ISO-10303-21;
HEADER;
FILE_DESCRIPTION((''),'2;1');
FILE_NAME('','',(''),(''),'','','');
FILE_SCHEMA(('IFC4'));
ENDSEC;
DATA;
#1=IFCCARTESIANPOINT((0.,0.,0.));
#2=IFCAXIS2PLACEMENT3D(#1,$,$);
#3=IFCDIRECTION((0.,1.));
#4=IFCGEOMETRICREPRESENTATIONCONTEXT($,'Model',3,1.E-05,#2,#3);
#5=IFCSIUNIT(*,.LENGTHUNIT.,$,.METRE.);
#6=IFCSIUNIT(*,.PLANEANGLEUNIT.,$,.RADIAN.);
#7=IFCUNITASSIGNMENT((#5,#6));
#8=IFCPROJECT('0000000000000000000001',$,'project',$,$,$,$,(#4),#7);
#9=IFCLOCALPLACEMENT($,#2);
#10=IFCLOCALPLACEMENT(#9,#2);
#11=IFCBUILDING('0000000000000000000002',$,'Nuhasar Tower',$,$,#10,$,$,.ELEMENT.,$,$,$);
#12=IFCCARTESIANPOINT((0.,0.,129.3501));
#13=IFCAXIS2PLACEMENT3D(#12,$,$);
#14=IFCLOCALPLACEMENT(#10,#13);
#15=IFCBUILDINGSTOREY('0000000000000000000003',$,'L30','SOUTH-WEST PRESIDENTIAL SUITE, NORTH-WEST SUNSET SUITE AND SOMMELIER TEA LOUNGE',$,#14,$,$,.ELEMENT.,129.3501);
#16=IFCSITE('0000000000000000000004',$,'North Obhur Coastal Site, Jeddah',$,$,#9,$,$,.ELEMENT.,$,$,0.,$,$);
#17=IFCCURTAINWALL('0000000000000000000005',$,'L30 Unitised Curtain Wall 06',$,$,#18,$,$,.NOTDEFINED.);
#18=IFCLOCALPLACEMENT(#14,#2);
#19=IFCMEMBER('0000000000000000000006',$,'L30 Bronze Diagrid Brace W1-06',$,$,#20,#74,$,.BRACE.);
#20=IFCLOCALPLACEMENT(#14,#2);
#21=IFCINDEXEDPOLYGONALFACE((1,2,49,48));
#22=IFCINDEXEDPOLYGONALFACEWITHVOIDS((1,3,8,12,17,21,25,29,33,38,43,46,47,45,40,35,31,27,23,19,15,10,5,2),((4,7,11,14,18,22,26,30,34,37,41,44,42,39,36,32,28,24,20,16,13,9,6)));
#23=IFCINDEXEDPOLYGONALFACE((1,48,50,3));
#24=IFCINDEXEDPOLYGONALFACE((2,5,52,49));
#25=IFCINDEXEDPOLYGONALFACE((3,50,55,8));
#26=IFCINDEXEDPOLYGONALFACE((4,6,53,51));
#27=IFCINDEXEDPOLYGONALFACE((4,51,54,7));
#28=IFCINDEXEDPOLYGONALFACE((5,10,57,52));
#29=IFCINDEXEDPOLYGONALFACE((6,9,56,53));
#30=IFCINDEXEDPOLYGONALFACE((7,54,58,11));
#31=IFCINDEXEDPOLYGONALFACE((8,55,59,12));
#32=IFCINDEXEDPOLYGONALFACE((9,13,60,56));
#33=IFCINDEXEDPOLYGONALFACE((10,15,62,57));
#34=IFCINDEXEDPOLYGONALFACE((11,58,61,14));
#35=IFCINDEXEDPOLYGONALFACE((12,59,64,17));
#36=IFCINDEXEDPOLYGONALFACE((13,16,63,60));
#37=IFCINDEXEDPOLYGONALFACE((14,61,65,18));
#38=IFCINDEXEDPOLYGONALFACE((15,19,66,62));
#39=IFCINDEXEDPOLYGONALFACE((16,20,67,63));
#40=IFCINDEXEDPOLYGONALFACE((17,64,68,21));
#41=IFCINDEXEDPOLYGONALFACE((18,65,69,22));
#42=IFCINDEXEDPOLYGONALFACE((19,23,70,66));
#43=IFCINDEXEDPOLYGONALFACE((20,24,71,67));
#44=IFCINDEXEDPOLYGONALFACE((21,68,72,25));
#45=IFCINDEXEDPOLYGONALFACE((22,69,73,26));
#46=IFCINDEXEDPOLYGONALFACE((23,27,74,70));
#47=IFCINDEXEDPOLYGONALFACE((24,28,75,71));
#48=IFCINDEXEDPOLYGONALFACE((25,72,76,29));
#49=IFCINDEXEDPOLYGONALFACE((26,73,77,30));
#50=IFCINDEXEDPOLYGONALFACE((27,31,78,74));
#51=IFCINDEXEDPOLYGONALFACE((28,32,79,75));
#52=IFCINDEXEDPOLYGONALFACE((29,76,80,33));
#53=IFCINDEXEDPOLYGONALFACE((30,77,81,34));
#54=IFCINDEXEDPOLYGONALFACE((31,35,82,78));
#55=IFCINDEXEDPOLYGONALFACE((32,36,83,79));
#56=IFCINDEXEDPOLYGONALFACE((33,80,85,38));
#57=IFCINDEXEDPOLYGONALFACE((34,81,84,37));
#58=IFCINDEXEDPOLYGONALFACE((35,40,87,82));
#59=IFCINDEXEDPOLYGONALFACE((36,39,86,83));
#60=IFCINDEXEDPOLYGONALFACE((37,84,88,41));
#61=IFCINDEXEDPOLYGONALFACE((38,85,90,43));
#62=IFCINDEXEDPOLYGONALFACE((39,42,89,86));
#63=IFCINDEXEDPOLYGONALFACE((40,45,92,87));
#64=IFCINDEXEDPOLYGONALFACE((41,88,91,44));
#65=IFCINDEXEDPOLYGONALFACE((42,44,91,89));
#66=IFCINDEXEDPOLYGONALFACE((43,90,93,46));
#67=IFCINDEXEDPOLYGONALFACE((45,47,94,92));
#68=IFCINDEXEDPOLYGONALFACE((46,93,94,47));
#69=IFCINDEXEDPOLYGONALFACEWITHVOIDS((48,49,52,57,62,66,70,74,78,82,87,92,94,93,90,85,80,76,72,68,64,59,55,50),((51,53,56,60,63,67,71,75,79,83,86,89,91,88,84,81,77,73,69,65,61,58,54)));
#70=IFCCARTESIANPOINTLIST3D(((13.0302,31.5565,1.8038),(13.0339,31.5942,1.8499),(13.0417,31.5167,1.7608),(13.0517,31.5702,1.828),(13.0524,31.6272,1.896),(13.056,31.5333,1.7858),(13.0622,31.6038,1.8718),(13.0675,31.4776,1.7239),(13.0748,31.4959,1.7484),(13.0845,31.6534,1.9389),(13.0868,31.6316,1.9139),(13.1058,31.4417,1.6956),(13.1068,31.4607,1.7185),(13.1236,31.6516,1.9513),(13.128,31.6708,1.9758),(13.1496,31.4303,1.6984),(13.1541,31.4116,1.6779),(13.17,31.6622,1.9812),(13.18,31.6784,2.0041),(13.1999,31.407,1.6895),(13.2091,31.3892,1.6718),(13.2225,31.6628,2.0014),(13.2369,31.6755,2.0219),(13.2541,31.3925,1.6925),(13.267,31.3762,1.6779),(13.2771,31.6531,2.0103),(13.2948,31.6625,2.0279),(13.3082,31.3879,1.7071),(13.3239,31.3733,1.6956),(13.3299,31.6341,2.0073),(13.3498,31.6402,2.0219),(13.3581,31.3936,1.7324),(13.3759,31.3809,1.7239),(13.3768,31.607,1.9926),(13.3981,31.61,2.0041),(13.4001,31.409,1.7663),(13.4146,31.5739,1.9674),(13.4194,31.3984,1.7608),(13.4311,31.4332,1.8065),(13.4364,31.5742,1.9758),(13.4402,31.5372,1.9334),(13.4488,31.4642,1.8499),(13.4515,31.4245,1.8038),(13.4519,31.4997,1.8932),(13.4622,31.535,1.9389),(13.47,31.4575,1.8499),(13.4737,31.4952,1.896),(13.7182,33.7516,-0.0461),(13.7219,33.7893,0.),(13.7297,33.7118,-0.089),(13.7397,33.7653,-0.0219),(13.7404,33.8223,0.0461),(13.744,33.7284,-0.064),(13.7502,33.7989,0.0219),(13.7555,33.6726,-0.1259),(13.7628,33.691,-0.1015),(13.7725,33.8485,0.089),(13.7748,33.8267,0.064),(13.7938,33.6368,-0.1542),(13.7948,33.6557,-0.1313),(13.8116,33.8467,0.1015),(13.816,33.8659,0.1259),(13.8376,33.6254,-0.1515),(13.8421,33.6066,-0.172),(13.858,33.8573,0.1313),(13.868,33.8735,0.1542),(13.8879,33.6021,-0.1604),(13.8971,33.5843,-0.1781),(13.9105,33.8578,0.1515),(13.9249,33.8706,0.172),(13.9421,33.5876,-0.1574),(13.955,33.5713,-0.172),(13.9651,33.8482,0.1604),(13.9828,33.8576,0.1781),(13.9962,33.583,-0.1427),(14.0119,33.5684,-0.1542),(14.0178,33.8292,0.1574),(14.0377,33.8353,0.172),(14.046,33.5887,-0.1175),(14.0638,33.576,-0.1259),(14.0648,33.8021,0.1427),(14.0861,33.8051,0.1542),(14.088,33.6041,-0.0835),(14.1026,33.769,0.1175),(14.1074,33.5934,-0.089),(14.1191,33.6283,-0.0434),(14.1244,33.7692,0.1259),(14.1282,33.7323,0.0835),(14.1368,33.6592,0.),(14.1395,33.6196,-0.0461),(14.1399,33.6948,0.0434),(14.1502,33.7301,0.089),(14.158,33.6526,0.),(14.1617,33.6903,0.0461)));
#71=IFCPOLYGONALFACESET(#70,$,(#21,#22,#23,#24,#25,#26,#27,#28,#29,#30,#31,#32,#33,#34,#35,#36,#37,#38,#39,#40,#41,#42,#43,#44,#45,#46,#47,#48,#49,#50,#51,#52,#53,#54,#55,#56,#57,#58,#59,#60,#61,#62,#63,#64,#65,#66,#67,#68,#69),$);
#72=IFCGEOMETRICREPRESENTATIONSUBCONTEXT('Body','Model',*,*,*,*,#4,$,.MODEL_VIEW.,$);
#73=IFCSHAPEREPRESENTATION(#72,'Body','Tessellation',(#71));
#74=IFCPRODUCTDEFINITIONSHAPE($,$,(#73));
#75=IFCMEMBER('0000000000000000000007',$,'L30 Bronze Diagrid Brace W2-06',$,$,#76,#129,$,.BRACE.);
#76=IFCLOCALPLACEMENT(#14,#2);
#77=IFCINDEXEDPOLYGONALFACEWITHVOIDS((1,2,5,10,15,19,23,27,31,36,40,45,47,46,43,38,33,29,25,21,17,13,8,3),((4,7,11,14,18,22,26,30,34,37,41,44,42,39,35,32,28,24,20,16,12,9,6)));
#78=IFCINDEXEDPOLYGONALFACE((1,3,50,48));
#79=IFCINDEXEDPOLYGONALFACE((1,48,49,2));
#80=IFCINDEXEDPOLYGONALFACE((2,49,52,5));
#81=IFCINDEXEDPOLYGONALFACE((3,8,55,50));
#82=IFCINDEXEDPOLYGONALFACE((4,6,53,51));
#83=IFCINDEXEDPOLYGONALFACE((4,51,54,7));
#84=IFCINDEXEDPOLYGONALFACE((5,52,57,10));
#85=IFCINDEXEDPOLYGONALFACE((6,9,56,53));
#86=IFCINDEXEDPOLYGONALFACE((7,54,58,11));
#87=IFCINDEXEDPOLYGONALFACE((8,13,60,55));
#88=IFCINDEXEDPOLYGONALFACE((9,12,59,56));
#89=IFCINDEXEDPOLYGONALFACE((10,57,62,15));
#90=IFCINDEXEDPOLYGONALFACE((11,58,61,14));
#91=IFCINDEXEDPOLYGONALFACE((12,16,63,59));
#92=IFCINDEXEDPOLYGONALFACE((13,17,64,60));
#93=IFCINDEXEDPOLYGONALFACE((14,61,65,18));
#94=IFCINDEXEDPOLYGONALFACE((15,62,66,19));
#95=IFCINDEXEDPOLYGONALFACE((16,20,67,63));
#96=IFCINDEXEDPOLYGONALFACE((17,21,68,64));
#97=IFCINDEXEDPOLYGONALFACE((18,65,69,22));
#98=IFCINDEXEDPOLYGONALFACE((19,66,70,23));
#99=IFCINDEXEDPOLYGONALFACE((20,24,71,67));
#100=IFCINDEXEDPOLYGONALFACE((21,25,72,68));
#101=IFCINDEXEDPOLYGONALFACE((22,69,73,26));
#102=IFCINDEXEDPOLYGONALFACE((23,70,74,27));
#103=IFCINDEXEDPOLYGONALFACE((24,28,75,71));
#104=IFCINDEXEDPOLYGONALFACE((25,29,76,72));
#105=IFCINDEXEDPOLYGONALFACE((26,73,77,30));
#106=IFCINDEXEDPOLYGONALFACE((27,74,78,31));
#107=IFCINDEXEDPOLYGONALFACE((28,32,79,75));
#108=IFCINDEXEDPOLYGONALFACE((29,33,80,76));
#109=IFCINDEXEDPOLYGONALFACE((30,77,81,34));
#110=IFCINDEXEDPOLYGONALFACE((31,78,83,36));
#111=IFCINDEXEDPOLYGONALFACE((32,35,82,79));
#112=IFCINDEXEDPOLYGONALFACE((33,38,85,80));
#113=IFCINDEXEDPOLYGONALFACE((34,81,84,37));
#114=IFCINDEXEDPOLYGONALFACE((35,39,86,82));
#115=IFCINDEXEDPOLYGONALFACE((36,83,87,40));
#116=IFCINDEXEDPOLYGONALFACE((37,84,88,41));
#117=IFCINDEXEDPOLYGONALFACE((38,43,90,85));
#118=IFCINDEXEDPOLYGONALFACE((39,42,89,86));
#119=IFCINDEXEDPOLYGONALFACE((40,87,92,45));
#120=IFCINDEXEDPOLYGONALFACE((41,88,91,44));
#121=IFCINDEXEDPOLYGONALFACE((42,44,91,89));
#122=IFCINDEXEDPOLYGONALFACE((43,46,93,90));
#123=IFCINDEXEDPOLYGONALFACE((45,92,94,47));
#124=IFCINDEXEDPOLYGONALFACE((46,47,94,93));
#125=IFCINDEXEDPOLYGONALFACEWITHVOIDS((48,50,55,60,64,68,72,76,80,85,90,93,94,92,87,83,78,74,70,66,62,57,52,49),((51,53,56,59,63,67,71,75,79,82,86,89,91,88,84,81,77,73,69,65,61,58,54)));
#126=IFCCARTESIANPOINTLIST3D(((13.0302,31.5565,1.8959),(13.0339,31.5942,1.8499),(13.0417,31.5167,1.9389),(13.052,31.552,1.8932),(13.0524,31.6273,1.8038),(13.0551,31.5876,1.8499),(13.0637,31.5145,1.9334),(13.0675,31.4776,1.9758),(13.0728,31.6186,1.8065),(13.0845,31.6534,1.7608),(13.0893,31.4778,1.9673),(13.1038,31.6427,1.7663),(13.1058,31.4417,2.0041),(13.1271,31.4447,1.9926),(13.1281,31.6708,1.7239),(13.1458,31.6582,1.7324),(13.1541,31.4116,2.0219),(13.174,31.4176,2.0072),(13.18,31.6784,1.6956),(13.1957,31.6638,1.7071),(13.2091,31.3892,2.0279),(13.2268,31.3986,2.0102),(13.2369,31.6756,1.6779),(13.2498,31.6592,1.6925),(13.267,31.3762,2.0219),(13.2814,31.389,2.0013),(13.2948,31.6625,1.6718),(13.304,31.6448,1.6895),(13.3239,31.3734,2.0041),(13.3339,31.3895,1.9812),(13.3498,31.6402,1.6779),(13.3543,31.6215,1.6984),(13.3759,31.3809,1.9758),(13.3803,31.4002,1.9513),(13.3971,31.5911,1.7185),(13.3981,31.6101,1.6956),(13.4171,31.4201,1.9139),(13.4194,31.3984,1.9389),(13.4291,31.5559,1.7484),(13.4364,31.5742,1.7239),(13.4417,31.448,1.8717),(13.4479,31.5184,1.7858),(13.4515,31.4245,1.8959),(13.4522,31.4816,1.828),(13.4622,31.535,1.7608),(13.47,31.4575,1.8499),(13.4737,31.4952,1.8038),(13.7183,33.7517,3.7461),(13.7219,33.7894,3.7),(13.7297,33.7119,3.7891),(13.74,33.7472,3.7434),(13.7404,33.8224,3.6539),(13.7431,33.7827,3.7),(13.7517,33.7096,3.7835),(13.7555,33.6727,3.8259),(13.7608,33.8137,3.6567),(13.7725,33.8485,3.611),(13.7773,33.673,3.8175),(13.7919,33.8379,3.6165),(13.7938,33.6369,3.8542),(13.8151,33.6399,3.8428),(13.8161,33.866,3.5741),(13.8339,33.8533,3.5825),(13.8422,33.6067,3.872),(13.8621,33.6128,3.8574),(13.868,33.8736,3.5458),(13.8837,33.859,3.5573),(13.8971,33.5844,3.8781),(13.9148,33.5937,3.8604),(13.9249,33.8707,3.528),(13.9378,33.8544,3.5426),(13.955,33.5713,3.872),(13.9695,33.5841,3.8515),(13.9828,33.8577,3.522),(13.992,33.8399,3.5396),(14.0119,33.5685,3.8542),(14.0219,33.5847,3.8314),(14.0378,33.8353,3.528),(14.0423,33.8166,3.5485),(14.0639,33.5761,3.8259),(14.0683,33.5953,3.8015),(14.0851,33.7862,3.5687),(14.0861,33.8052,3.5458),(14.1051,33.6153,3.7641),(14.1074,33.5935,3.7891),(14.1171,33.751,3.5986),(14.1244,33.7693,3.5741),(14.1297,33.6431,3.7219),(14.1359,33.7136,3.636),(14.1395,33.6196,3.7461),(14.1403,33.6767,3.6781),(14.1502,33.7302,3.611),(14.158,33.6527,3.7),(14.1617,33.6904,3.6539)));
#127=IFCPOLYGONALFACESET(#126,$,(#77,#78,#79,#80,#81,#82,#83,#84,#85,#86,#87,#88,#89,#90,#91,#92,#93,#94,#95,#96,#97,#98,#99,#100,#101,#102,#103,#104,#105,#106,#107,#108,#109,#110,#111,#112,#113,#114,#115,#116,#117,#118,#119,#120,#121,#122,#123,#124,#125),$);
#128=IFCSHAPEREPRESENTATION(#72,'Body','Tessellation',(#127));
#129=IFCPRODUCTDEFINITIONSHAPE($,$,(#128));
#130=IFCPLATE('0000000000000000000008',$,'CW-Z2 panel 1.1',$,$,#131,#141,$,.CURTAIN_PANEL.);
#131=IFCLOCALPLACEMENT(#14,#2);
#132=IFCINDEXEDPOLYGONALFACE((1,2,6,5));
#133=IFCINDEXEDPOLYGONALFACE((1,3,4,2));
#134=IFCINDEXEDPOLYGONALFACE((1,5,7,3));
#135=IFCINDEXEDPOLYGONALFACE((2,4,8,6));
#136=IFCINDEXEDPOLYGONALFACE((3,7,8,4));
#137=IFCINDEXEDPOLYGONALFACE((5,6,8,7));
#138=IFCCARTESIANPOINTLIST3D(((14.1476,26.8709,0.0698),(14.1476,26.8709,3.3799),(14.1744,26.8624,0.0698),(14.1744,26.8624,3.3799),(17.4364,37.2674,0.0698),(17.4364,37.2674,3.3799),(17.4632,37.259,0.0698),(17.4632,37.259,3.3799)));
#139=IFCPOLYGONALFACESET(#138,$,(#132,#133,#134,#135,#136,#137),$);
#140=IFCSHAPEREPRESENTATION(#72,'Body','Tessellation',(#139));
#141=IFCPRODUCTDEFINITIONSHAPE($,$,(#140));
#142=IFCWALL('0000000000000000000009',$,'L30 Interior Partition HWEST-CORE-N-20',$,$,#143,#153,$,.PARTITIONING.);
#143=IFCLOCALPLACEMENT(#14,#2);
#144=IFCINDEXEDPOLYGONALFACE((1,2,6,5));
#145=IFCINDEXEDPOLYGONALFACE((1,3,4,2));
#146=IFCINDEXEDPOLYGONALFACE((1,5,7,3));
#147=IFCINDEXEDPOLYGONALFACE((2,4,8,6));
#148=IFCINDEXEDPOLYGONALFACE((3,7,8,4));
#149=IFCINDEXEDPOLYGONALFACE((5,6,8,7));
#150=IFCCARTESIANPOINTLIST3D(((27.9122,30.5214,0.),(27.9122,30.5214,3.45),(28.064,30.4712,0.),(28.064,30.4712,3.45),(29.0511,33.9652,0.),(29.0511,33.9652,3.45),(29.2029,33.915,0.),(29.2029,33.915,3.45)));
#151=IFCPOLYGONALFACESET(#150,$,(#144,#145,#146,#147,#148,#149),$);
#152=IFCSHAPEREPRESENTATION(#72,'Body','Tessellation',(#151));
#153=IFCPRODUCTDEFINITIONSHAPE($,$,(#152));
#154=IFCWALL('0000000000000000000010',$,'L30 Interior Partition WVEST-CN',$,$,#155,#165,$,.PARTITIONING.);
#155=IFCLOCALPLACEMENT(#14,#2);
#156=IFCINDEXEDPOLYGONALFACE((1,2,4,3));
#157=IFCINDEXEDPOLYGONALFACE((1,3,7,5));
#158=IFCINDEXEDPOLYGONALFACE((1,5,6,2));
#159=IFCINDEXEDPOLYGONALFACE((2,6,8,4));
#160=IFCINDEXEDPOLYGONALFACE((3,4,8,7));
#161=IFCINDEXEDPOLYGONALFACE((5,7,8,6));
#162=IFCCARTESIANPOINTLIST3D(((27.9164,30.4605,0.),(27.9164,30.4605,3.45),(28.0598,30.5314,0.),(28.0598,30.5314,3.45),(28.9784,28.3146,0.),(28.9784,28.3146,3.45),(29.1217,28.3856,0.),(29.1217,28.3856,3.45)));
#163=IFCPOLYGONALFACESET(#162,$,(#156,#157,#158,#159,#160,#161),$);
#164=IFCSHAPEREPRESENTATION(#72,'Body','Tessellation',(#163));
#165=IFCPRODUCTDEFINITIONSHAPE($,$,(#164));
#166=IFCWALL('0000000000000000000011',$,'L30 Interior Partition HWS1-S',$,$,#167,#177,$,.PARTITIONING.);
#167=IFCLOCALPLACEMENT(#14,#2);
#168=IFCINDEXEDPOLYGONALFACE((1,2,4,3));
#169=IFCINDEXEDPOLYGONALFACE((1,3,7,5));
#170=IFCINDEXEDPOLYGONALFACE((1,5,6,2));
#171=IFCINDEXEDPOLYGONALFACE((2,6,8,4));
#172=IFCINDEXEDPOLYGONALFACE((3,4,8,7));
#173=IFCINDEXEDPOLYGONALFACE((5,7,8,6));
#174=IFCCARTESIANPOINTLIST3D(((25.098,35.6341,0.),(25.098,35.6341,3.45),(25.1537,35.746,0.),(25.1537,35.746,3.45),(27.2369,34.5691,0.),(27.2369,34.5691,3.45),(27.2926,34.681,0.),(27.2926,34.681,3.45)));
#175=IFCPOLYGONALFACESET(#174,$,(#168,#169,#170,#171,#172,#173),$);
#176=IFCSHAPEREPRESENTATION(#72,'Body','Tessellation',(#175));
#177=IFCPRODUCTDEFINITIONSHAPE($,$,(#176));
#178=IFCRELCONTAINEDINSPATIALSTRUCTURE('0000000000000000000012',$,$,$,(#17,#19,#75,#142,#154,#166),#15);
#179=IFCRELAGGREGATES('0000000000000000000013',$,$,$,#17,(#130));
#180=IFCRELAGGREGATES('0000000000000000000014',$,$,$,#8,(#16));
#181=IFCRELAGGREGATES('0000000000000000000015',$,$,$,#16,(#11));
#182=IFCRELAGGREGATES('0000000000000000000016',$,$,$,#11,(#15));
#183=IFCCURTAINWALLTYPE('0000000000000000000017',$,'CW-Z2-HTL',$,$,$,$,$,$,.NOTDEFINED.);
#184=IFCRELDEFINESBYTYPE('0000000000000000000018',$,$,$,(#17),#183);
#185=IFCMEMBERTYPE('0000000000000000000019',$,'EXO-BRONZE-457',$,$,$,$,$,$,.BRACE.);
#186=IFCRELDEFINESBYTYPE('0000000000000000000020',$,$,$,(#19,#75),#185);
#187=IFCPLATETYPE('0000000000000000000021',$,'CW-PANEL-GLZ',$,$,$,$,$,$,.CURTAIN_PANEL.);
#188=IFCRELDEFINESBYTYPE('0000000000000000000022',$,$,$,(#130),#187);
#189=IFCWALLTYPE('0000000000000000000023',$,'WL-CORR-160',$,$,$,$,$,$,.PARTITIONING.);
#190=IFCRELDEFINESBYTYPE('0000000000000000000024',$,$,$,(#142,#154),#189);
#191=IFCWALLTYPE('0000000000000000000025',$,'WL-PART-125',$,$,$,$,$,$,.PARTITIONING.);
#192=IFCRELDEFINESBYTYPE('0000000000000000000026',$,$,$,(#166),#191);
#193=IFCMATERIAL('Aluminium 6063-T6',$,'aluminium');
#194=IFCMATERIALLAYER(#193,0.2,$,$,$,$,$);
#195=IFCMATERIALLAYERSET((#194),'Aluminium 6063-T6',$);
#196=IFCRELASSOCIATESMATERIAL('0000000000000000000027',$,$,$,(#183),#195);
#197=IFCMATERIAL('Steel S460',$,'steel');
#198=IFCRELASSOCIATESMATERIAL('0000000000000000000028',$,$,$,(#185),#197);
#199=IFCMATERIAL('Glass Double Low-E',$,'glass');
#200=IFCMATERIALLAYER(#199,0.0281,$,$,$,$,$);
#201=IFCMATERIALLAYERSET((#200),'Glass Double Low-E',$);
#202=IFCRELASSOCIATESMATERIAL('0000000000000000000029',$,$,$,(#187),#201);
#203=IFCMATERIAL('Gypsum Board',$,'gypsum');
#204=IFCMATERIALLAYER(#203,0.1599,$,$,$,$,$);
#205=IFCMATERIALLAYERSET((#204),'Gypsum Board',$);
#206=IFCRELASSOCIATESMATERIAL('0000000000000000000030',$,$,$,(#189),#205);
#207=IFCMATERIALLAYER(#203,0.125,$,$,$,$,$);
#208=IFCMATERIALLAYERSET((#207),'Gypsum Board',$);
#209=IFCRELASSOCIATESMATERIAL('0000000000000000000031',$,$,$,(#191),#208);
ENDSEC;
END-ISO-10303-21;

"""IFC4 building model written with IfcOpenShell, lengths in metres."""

from ifc_helpers import new_model, si_unit, direction, frame, frame_2d, origin, origin_2d, place, context, subcontext, project, spatial, rectangle, hollow_circle, extrude, material, layer, layer_set, material_profile, profile_set, type_object, element, aggregate, save


model = new_model("IFC4")

# Units and contexts
model_context = context("Model", 3, precision=1e-05, world=origin(), true_north=direction((0.0, 1.0)))
body_context = subcontext(model_context, "Body", "Model", "MODEL_VIEW")
ifc_project = project(units=[si_unit("LENGTHUNIT", "METRE"), si_unit("PLANEANGLEUNIT", "RADIAN")], contexts=[model_context])

# Site, building, storey
site_placement = place(None, origin())
site = spatial("IfcSite", under=ifc_project, at=site_placement, Name="North Obhur Coastal Site, Jeddah", CompositionType="ELEMENT", RefElevation=0.0)
building_placement = place(site_placement, origin())
building = spatial("IfcBuilding", under=site, at=building_placement, Name="Nuhasar Tower", CompositionType="ELEMENT")
storey_placement = place(building_placement, frame((0.0, 0.0, 129.3501)))
storey = spatial("IfcBuildingStorey", under=building, at=storey_placement, Name="L30", Description="SOUTH-WEST PRESIDENTIAL SUITE, NORTH-WEST SUNSET SUITE AND SOMMELIER TEA LOUNGE", CompositionType="ELEMENT", Elevation=129.3501)

# Curtain wall
ifc_material_1 = material(Name="Aluminium 6063-T6", Category="aluminium")
ifc_layer_1 = layer(ifc_material_1, 0.2)
ifc_layer_set_1 = layer_set([ifc_layer_1], Name="Aluminium 6063-T6")
curtain_wall_type = type_object("IfcCurtainWallType", Name="CW-Z2-HTL", PredefinedType="NOTDEFINED", material=ifc_layer_set_1)
curtain_wall_1_placement = place(storey_placement, origin())
curtain_wall_1 = element("IfcCurtainWall", 1, at=curtain_wall_1_placement, inside=storey, type_object=curtain_wall_type, Name="L30 Unitised Curtain Wall 06", PredefinedType="NOTDEFINED")

# Members
ifc_material_2 = material(Name="Steel S460", Category="steel")
ifc_material_profile_1 = material_profile(ifc_material_2, hollow_circle(Radius=0.2285, WallThickness=0.0222, at=origin_2d()), Name="HSS457X22.2")
ifc_profile_set_1 = profile_set([ifc_material_profile_1], Name="Steel S460")
member_type_1 = type_object("IfcMemberType", Name="EXO-BRONZE-457", PredefinedType="BRACE", material=ifc_profile_set_1)
member_1_placement = place(storey_placement, frame((13.9399, 33.7209, 0.0), z_axis=(-0.233068, -0.743616, 0.626669), x_axis=(0.954228, -0.299079, 0.0)))
element("IfcMember", 2, at=member_1_placement, inside=storey, type_object=member_type_1, Name="L30 Bronze Diagrid Brace W1-06", PredefinedType="BRACE", context=body_context, shape_type="SweptSolid", body=[
    extrude(hollow_circle(Radius=0.2285, WallThickness=0.0222, at=origin_2d()), origin(), (0.0, 0.0, 1.0), 2.9519),
])
member_2_placement = place(storey_placement, frame((13.252, 31.5259, 1.8499), z_axis=(0.233056, 0.743578, 0.626719), x_axis=(-0.954228, 0.299079, 0.0)))
element("IfcMember", 3, at=member_2_placement, inside=storey, type_object=member_type_1, Name="L30 Bronze Diagrid Brace W2-06", PredefinedType="BRACE", context=body_context, shape_type="SweptSolid", body=[
    extrude(hollow_circle(Radius=0.2285, WallThickness=0.0222, at=origin_2d()), origin(), (0.0, 0.0, 1.0), 2.9521),
])

# Plate
ifc_material_3 = material(Name="Glass Double Low-E", Category="glass")
ifc_layer_2 = layer(ifc_material_3, 0.0281)
ifc_layer_set_2 = layer_set([ifc_layer_2], Name="Glass Double Low-E")
plate_type = type_object("IfcPlateType", Name="CW-PANEL-GLZ", PredefinedType="CURTAIN_PANEL", material=ifc_layer_set_2)
plate_placement = place(storey_placement, frame((15.8054, 32.0649, 0.0698), z_axis=(0.0, 0.0, 1.0), x_axis=(-0.301604, -0.953433, 0.0)))
plate = element("IfcPlate", 4, at=plate_placement, type_object=plate_type, Name="CW-Z2 panel 1.1", PredefinedType="CURTAIN_PANEL", context=body_context, shape_type="SweptSolid", body=[
    extrude(rectangle(XDim=10.9043, YDim=0.0281, at=origin_2d()), origin(), (0.0, 0.0, 1.0), 3.3101),
])
aggregate(curtain_wall_1, [plate])

# Wall
ifc_material_4 = material(Name="Gypsum Board", Category="gypsum")
ifc_layer_3 = layer(ifc_material_4, 0.1599)
ifc_layer_set_3 = layer_set([ifc_layer_3], Name="Gypsum Board")
wall_type_1 = type_object("IfcWallType", Name="WL-CORR-160", PredefinedType="PARTITIONING", material=ifc_layer_set_3)
wall_1_placement = place(storey_placement, frame((29.127, 33.9399, 0.0), z_axis=(0.0, 0.0, 1.0), x_axis=(-0.313986, -0.949428, 0.0)))
element("IfcWall", 5, at=wall_1_placement, inside=storey, type_object=wall_type_1, Name="L30 Interior Partition HWEST-CORE-N-20", PredefinedType="PARTITIONING", context=body_context, shape_type="SweptSolid", body=[
    extrude(rectangle(XDim=3.6272, YDim=0.1599, at=frame_2d((1.8135, 0.0))), origin(), (0.0, 0.0, 1.0), 3.45),
])

# Walls
wall_2_placement = place(storey_placement, frame((27.988, 30.4961, 0.0), z_axis=(0.0, 0.0, 1.0), x_axis=(0.443539, -0.896255, 0.0)))
element("IfcWall", 6, at=wall_2_placement, inside=storey, type_object=wall_type_1, Name="L30 Interior Partition WVEST-CN", PredefinedType="PARTITIONING", context=body_context, shape_type="SweptSolid", body=[
    extrude(rectangle(XDim=2.3943, YDim=0.1599, at=frame_2d((1.1973, 0.0))), origin(), (0.0, 0.0, 1.0), 3.45),
])
ifc_layer_4 = layer(ifc_material_4, 0.125)
ifc_layer_set_4 = layer_set([ifc_layer_4], Name="Gypsum Board")
wall_type_2 = type_object("IfcWallType", Name="WL-PART-125", PredefinedType="PARTITIONING", material=ifc_layer_set_4)
wall_3_placement = place(storey_placement, frame((27.2649, 34.625, 0.0), z_axis=(0.0, 0.0, 1.0), x_axis=(-0.895182, 0.445701, 0.0)))
element("IfcWall", 7, at=wall_3_placement, inside=storey, type_object=wall_type_2, Name="L30 Interior Partition HWS1-S", PredefinedType="PARTITIONING", context=body_context, shape_type="SweptSolid", body=[
    extrude(rectangle(XDim=2.3894, YDim=0.125, at=frame_2d((1.1948, 0.0))), origin(), (0.0, 0.0, 1.0), 3.45),
])

save(model, "model.ifc")
